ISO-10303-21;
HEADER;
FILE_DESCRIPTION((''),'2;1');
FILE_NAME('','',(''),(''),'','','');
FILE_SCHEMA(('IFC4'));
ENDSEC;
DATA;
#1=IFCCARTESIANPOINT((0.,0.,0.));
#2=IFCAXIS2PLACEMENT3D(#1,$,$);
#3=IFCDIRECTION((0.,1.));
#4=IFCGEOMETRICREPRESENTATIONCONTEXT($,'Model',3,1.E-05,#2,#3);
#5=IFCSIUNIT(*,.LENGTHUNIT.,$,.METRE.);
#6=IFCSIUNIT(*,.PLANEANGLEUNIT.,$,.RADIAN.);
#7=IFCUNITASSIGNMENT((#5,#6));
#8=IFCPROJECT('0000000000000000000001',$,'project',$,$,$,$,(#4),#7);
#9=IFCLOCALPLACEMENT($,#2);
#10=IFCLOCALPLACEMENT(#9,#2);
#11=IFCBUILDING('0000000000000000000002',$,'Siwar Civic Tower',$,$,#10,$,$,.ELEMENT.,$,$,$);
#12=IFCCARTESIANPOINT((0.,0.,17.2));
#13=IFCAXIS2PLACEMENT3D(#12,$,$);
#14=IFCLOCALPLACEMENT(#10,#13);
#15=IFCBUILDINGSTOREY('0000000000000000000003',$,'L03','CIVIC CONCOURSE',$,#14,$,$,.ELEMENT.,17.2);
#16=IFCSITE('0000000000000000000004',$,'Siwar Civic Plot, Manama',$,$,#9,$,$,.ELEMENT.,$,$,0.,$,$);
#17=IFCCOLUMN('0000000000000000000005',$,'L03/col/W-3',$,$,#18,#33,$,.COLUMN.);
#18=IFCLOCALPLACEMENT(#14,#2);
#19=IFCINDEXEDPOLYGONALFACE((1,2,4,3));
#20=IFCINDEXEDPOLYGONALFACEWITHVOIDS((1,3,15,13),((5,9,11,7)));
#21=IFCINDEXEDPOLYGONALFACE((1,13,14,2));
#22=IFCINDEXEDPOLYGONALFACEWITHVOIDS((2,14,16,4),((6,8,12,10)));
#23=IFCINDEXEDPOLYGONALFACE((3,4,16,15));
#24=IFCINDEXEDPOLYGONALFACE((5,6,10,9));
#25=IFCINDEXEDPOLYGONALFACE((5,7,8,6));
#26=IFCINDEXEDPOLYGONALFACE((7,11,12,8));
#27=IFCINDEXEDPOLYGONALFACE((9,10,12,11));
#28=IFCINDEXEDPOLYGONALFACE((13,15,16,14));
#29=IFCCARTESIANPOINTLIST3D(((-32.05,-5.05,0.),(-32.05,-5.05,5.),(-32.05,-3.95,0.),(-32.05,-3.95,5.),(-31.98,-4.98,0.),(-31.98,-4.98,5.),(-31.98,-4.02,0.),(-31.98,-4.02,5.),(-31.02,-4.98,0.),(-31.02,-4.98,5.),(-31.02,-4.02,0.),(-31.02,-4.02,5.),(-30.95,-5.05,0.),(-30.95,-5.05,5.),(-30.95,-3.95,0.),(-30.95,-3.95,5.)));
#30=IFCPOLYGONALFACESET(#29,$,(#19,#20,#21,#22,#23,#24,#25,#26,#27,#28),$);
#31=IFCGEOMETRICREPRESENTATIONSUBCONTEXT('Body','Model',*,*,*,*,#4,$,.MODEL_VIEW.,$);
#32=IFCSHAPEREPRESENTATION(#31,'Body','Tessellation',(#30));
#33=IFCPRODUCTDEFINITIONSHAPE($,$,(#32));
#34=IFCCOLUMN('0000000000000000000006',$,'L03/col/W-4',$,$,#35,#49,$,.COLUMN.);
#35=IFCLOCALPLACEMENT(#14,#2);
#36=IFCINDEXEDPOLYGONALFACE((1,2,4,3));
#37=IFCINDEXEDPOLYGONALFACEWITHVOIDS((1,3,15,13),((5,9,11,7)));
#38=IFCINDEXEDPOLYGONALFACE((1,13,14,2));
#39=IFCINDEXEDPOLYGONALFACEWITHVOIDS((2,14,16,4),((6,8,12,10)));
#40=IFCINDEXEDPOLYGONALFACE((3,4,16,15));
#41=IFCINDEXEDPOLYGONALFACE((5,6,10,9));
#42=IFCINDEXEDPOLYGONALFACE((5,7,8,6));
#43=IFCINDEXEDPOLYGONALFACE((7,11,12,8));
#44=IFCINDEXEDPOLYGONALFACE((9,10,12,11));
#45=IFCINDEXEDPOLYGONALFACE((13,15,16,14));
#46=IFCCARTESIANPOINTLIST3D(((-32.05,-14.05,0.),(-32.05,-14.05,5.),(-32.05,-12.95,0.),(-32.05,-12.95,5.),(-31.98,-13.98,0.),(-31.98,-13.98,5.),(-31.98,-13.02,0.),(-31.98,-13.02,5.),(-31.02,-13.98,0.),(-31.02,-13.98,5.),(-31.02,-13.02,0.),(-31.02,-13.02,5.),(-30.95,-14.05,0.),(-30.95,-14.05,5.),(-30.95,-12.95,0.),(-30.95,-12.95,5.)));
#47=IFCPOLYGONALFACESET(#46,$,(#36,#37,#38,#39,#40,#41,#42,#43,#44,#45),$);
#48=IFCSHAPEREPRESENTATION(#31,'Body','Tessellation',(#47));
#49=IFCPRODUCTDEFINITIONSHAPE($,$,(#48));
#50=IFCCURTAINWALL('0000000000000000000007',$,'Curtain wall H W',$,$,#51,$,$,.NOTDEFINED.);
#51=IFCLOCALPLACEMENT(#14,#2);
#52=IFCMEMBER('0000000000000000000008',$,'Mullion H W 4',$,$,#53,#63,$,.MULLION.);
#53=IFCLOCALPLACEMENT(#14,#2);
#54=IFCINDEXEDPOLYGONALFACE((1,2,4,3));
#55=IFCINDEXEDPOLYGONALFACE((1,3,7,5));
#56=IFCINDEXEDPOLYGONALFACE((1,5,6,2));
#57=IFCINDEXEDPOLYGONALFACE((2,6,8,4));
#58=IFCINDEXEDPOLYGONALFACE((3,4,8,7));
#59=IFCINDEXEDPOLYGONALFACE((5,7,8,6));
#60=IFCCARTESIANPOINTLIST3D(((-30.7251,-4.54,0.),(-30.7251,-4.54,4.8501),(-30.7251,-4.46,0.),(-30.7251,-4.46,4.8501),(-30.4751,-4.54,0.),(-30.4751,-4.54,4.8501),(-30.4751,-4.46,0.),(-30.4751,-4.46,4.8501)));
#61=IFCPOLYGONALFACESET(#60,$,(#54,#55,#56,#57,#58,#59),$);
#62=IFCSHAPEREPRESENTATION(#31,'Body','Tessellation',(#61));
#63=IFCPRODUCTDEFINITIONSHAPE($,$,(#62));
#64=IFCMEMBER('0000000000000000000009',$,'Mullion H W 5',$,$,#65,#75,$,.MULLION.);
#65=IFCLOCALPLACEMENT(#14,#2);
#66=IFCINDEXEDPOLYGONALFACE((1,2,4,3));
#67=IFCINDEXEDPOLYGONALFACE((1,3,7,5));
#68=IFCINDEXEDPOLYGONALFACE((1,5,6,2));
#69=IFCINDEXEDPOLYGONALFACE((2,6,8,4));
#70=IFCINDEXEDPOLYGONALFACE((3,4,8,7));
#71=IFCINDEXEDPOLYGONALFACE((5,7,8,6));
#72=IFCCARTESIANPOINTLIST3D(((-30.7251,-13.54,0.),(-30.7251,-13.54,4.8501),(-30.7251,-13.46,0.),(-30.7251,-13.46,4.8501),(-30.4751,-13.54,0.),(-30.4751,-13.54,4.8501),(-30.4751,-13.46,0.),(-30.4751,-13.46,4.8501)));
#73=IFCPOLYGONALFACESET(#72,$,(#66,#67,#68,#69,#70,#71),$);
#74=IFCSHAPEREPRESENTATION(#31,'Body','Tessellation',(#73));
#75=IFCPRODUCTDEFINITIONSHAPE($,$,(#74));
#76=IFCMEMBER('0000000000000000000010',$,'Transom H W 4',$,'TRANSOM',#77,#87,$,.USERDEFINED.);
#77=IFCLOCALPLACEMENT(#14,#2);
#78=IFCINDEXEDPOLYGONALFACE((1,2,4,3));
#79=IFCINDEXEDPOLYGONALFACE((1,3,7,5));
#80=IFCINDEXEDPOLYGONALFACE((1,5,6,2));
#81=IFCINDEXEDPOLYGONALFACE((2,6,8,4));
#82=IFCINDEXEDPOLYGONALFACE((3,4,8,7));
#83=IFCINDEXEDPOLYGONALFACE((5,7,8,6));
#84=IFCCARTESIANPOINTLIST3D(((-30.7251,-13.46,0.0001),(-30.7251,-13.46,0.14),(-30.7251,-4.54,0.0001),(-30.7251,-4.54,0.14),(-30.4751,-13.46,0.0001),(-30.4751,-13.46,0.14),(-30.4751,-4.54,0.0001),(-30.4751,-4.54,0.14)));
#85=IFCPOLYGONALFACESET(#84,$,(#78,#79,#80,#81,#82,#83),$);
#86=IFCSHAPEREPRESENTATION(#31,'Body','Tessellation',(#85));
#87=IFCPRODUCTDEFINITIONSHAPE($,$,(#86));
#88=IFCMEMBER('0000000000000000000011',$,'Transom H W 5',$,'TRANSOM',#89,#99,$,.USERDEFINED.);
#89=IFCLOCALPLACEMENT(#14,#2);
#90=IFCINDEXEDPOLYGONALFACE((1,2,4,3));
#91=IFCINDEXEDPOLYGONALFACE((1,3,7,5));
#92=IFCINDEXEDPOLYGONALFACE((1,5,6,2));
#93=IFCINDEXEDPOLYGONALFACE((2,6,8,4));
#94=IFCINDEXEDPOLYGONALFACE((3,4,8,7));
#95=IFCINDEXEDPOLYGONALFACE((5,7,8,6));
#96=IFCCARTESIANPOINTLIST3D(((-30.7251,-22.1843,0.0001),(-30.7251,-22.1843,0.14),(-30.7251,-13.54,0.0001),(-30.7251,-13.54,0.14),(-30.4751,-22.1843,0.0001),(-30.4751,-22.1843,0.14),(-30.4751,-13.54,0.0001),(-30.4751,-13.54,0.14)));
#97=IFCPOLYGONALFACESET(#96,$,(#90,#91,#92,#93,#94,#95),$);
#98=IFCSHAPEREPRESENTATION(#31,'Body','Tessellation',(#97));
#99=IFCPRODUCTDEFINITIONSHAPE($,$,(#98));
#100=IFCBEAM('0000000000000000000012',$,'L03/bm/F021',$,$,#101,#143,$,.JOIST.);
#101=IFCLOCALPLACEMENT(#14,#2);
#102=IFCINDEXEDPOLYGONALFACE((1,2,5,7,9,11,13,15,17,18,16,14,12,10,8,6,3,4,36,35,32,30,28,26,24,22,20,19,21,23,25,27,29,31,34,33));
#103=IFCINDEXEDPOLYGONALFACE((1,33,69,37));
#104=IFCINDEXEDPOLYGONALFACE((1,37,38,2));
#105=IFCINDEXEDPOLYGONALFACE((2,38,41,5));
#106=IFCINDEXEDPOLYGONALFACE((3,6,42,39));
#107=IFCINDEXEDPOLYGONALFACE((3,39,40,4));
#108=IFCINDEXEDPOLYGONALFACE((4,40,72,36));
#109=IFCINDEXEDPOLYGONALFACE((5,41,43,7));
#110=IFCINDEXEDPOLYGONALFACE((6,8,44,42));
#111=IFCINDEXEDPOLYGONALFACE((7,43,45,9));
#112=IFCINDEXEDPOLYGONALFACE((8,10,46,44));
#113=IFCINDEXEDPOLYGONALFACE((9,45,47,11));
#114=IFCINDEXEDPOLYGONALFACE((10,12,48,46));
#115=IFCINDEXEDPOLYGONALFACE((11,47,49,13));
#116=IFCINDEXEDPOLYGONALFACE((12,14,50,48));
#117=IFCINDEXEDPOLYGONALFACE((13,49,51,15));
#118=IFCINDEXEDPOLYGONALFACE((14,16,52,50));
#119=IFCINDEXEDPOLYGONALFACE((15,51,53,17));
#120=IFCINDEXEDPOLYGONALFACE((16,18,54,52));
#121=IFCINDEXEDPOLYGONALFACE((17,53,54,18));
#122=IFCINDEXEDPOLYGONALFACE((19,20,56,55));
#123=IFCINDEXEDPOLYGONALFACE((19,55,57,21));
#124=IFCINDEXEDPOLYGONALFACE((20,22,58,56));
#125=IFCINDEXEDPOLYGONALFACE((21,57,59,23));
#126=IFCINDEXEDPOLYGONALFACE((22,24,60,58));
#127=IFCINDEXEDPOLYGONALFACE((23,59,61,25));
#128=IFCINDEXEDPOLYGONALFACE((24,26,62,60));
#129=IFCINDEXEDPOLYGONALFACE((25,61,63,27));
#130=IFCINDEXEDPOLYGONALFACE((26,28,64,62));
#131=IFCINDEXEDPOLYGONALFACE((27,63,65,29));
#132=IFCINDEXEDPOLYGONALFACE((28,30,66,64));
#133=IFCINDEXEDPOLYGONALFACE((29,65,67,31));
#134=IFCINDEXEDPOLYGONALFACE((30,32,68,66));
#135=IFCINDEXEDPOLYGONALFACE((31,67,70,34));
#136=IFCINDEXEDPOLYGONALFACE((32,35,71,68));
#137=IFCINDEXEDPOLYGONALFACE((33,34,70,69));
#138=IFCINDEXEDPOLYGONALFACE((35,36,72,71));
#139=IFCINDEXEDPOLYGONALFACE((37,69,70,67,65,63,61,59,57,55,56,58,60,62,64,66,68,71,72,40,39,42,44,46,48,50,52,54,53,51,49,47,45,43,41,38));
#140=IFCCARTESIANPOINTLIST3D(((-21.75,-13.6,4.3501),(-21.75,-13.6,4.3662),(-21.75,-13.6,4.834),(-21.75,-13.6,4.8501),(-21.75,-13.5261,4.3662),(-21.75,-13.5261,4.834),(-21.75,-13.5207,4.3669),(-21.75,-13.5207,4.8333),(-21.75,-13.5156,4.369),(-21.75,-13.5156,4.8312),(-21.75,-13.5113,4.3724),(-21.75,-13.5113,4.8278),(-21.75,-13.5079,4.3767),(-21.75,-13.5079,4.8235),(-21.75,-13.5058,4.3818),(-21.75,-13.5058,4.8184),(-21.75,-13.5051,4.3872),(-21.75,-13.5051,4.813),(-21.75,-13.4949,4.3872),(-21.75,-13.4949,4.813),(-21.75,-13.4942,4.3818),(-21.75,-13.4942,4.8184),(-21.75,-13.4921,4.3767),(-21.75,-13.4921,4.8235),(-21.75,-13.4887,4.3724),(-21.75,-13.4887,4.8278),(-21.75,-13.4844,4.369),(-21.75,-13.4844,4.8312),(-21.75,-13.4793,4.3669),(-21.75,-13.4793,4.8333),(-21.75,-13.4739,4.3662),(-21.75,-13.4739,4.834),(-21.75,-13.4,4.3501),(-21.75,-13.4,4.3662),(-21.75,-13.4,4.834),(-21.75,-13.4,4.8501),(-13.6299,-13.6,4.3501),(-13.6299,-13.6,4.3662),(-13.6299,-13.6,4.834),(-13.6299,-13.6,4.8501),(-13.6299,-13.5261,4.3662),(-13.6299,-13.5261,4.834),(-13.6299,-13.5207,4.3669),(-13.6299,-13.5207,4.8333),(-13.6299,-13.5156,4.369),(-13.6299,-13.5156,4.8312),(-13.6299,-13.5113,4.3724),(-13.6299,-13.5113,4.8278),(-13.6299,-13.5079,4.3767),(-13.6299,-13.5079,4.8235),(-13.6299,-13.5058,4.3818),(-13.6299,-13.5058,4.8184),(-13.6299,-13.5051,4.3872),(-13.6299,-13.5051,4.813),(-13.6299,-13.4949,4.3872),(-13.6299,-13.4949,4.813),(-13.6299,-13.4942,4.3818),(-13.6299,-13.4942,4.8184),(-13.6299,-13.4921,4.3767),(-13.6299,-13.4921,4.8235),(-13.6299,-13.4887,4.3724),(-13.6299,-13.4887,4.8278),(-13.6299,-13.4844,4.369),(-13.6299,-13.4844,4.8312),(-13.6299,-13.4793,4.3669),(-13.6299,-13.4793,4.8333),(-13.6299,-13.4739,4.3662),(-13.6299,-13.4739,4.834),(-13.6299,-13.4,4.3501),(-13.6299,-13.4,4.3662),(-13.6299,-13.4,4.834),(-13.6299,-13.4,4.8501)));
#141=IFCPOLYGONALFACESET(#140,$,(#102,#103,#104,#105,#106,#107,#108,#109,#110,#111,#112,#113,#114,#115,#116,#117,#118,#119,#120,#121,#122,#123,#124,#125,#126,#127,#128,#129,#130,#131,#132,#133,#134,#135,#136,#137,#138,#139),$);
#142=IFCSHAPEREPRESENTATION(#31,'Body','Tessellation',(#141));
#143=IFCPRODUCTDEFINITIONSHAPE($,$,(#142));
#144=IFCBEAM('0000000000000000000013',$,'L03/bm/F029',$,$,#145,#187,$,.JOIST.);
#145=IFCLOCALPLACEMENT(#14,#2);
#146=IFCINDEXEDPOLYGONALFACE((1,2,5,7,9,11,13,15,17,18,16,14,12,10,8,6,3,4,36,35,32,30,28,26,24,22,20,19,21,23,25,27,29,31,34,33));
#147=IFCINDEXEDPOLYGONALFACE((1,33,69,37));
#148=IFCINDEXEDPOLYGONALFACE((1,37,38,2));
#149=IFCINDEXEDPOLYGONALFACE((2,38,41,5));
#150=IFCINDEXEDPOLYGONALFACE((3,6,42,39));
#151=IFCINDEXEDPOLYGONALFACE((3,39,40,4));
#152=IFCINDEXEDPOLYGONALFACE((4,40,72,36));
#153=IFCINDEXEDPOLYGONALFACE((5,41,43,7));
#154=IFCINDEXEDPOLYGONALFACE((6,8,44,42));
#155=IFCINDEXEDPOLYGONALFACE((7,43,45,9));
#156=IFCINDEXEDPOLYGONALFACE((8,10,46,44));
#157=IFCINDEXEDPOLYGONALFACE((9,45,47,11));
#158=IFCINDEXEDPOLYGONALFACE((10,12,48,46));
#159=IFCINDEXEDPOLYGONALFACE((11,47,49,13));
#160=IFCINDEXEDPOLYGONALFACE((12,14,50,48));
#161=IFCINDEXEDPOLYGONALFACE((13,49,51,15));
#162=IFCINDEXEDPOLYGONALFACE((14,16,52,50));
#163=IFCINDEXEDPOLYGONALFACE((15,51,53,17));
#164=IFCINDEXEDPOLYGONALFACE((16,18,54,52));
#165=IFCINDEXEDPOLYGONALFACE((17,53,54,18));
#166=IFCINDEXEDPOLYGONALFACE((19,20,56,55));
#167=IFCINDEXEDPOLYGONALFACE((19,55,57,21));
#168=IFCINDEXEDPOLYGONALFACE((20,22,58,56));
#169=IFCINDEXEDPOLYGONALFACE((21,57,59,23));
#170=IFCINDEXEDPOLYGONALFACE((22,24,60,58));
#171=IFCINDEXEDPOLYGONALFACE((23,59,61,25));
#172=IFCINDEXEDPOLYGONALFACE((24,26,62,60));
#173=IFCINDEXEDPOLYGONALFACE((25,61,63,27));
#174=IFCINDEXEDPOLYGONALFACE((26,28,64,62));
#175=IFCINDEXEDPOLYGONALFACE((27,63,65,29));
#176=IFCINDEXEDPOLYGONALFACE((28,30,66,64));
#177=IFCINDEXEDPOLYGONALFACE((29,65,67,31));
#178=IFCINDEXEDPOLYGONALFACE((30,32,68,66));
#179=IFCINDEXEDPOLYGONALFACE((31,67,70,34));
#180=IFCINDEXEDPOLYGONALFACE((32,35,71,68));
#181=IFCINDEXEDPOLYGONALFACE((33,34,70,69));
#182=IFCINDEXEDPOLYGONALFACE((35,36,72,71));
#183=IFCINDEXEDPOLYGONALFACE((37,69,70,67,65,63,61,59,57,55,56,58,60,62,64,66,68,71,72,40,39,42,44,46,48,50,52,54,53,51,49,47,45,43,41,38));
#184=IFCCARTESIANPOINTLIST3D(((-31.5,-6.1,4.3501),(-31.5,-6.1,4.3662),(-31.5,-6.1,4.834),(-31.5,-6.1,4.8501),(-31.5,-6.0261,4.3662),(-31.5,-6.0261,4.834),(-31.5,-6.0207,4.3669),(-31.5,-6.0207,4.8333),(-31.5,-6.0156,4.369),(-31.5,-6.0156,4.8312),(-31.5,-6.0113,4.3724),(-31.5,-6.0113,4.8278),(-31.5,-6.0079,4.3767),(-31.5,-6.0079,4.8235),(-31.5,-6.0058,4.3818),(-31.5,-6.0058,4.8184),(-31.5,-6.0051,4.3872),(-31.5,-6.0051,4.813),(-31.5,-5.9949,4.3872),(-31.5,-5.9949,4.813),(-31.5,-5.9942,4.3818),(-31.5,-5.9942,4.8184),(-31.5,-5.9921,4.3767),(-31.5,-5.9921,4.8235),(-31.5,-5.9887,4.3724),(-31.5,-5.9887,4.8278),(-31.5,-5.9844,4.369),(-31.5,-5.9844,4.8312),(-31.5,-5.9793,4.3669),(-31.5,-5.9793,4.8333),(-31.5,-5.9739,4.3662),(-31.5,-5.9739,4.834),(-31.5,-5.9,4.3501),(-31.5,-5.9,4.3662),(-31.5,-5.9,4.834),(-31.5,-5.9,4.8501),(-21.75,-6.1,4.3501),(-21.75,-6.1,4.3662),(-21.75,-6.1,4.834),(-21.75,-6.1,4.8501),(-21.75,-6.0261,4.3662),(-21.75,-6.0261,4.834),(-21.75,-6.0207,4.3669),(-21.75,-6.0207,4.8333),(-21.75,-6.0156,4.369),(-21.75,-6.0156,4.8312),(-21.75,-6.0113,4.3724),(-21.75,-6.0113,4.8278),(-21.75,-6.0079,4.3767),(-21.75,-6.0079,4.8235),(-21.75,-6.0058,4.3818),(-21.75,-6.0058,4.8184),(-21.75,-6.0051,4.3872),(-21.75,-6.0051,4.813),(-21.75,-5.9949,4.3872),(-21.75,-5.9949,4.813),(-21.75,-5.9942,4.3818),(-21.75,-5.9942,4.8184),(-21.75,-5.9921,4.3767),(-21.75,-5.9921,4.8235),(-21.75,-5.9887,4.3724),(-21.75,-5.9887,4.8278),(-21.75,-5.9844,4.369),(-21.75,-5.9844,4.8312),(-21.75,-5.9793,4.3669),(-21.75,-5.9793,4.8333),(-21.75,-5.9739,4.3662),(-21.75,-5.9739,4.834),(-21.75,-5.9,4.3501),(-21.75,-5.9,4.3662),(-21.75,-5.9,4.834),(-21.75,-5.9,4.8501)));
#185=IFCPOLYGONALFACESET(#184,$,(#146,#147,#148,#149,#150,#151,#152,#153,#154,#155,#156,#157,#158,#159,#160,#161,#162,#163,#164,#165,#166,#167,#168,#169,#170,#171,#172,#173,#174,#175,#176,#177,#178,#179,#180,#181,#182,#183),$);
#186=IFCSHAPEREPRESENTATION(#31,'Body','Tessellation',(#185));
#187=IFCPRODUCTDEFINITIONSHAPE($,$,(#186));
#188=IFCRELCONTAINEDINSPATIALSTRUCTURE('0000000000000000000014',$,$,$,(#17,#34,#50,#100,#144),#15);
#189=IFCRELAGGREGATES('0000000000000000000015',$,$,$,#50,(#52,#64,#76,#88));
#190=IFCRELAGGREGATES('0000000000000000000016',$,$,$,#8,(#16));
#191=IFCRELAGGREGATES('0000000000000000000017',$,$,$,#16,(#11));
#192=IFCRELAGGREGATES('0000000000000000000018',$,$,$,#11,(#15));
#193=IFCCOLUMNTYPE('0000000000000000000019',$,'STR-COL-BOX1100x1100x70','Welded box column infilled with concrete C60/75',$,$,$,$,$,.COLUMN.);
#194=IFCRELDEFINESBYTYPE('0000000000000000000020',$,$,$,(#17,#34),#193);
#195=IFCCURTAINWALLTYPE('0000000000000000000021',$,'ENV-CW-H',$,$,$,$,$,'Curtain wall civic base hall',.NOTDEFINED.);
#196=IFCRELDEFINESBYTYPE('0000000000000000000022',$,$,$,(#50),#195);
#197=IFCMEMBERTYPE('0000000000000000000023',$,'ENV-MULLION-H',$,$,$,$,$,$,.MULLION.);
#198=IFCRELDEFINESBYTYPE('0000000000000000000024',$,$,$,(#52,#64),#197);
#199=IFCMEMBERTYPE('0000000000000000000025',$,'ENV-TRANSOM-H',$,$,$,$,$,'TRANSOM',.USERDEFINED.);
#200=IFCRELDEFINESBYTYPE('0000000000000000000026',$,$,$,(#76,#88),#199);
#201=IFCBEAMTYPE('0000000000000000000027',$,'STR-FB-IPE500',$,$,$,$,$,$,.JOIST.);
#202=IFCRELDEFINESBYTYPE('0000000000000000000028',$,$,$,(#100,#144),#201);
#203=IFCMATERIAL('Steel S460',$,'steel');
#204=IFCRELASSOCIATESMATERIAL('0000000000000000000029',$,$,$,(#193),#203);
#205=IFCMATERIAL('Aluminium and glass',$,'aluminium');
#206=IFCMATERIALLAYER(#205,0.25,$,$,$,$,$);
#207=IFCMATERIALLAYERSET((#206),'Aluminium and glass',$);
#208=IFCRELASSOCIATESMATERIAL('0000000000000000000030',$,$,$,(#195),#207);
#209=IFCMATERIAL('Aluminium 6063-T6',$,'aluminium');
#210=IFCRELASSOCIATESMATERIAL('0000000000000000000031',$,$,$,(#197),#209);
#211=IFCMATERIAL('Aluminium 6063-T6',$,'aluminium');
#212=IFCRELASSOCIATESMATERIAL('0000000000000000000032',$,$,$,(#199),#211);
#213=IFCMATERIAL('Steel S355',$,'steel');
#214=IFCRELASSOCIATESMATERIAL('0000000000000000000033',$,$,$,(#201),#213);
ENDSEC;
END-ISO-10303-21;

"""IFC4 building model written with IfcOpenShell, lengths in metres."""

from ifc_helpers import new_model, si_unit, direction, frame, origin, origin_2d, place, context, subcontext, project, spatial, rectangle, hollow_rectangle, i_section, extrude, material, layer, layer_set, material_profile, profile_set, type_object, element, aggregate, save


model = new_model("IFC4")

# Units and contexts
model_context = context("Model", 3, precision=1e-05, world=origin(), true_north=direction((0.0, 1.0)))
body_context = subcontext(model_context, "Body", "Model", "MODEL_VIEW")
ifc_project = project(units=[si_unit("LENGTHUNIT", "METRE"), si_unit("PLANEANGLEUNIT", "RADIAN")], contexts=[model_context])

# Site, building, storey
site_placement = place(None, origin())
site = spatial("IfcSite", under=ifc_project, at=site_placement, Name="Siwar Civic Plot, Manama", CompositionType="ELEMENT", RefElevation=0.0)
building_placement = place(site_placement, origin())
building = spatial("IfcBuilding", under=site, at=building_placement, Name="Siwar Civic Tower", CompositionType="ELEMENT")
storey_placement = place(building_placement, frame((0.0, 0.0, 17.2)))
storey = spatial("IfcBuildingStorey", under=building, at=storey_placement, Name="L03", Description="CIVIC CONCOURSE", CompositionType="ELEMENT", Elevation=17.2)

# Columns
ifc_material_1 = material(Name="Steel S460", Category="steel")
ifc_material_profile_1 = material_profile(ifc_material_1, hollow_rectangle(XDim=1.1001, YDim=1.1001, WallThickness=0.0701, at=origin_2d()), Name="BOX1100x1100x70")
ifc_profile_set_1 = profile_set([ifc_material_profile_1], Name="Steel S460")
column_type = type_object("IfcColumnType", Name="STR-COL-BOX1100x1100x70", Description="Welded box column infilled with concrete C60/75", PredefinedType="COLUMN", material=ifc_profile_set_1)
for number, where, z_axis, x_axis, name in (
    (1, (-31.5, -4.5, 0.0), (0.0, 0.0, 1.0), (1.0, 0.0, 0.0), "L03/col/W-3"),
    (2, (-31.5, -13.5, 0.0), (0.0, 0.0, 1.0), (1.0, 0.0, 0.0), "L03/col/W-4"),
):
    element("IfcColumn", number, at=place(storey_placement, frame(where, z_axis=z_axis, x_axis=x_axis)), inside=storey, type_object=column_type, Name=name, PredefinedType="COLUMN", context=body_context, shape_type="SweptSolid", body=[
        extrude(hollow_rectangle(XDim=1.1001, YDim=1.1001, WallThickness=0.0701, at=origin_2d()), origin(), (0.0, 0.0, 1.0), 5.0),
    ])

# Curtain wall, members
ifc_material_2 = material(Name="Aluminium and glass", Category="aluminium")
ifc_layer_1 = layer(ifc_material_2, 0.25)
ifc_layer_set_1 = layer_set([ifc_layer_1], Name="Aluminium and glass")
curtain_wall_type = type_object("IfcCurtainWallType", Name="ENV-CW-H", ElementType="Curtain wall civic base hall", PredefinedType="NOTDEFINED", material=ifc_layer_set_1)
curtain_wall_placement = place(storey_placement, origin())
curtain_wall = element("IfcCurtainWall", 3, at=curtain_wall_placement, inside=storey, type_object=curtain_wall_type, Name="Curtain wall H W", PredefinedType="NOTDEFINED")
ifc_material_3 = material(Name="Aluminium 6063-T6", Category="aluminium")
ifc_material_profile_2 = material_profile(ifc_material_3, rectangle(XDim=0.25, YDim=0.0801, at=origin_2d()), Name="AL 250x80")
ifc_profile_set_2 = profile_set([ifc_material_profile_2], Name="Aluminium 6063-T6")
member_type_1 = type_object("IfcMemberType", Name="ENV-MULLION-H", PredefinedType="MULLION", material=ifc_profile_set_2)
member_1_placement = place(storey_placement, frame((-30.6001, -4.5, 0.0), z_axis=(0.0, 0.0, 1.0), x_axis=(1.0, 0.0, 0.0)))
member_1 = element("IfcMember", 4, at=member_1_placement, type_object=member_type_1, Name="Mullion H W 4", PredefinedType="MULLION", context=body_context, shape_type="SweptSolid", body=[
    extrude(rectangle(XDim=0.25, YDim=0.0801, at=origin_2d()), origin(), (0.0, 0.0, 1.0), 4.8501),
])
member_2_placement = place(storey_placement, frame((-30.6001, -13.5, 0.0), z_axis=(0.0, 0.0, 1.0), x_axis=(1.0, 0.0, 0.0)))
member_2 = element("IfcMember", 5, at=member_2_placement, type_object=member_type_1, Name="Mullion H W 5", PredefinedType="MULLION", context=body_context, shape_type="SweptSolid", body=[
    extrude(rectangle(XDim=0.25, YDim=0.0801, at=origin_2d()), origin(), (0.0, 0.0, 1.0), 4.8501),
])
ifc_material_4 = material(Name="Aluminium 6063-T6", Category="aluminium")
ifc_material_profile_3 = material_profile(ifc_material_4, rectangle(XDim=0.25, YDim=0.1399, at=origin_2d()), Name="AL 250x140")
ifc_profile_set_3 = profile_set([ifc_material_profile_3], Name="Aluminium 6063-T6")
member_type_2 = type_object("IfcMemberType", Name="ENV-TRANSOM-H", ElementType="TRANSOM", PredefinedType="USERDEFINED", material=ifc_profile_set_3)
member_3_placement = place(storey_placement, frame((-30.6001, -4.54, 0.0701), z_axis=(0.0, -1.0, 0.0), x_axis=(1.0, 0.0, 0.0)))
member_3 = element("IfcMember", 6, at=member_3_placement, type_object=member_type_2, Name="Transom H W 4", ObjectType="TRANSOM", PredefinedType="USERDEFINED", context=body_context, shape_type="SweptSolid", body=[
    extrude(rectangle(XDim=0.25, YDim=0.1399, at=origin_2d()), origin(), (0.0, 0.0, 1.0), 8.9199),
])
member_4_placement = place(storey_placement, frame((-30.6001, -13.54, 0.0701), z_axis=(0.0, -1.0, 0.0), x_axis=(1.0, 0.0, 0.0)))
member_4 = element("IfcMember", 7, at=member_4_placement, type_object=member_type_2, Name="Transom H W 5", ObjectType="TRANSOM", PredefinedType="USERDEFINED", context=body_context, shape_type="SweptSolid", body=[
    extrude(rectangle(XDim=0.25, YDim=0.1399, at=origin_2d()), origin(), (0.0, 0.0, 1.0), 8.6443),
])

# Beams
ifc_material_5 = material(Name="Steel S355", Category="steel")
ifc_material_profile_4 = material_profile(ifc_material_5, i_section(OverallWidth=0.2, OverallDepth=0.5, WebThickness=0.0103, FlangeThickness=0.0161, FilletRadius=0.021, at=origin_2d()), Name="IPE500")
ifc_profile_set_4 = profile_set([ifc_material_profile_4], Name="Steel S355")
beam_type_1 = type_object("IfcBeamType", Name="STR-FB-IPE500", PredefinedType="JOIST", material=ifc_profile_set_4)
beam_1_placement = place(storey_placement, frame((-21.75, -13.5, 4.6001), z_axis=(1.0, 0.0, 0.0), x_axis=(0.0, 1.0, 0.0)))
element("IfcBeam", 8, at=beam_1_placement, inside=storey, type_object=beam_type_1, Name="L03/bm/F021", PredefinedType="JOIST", context=body_context, shape_type="SweptSolid", body=[
    extrude(i_section(OverallWidth=0.2, OverallDepth=0.5, WebThickness=0.0103, FlangeThickness=0.0161, FilletRadius=0.021, at=origin_2d()), origin(), (0.0, 0.0, 1.0), 8.1201),
])
for number, where, z_axis, x_axis, name in (
    (9, (-31.5, -6.0, 4.6001), (1.0, 0.0, 0.0), (0.0, 1.0, 0.0), "L03/bm/F029"),
):
    element("IfcBeam", number, at=place(storey_placement, frame(where, z_axis=z_axis, x_axis=x_axis)), inside=storey, type_object=beam_type_1, Name=name, PredefinedType="JOIST", context=body_context, shape_type="SweptSolid", body=[
        extrude(i_section(OverallWidth=0.2, OverallDepth=0.5, WebThickness=0.0103, FlangeThickness=0.0161, FilletRadius=0.021, at=origin_2d()), origin(), (0.0, 0.0, 1.0), 9.75),
    ])

aggregate(curtain_wall, [member_1, member_2, member_3, member_4])

save(model, "model.ifc")
